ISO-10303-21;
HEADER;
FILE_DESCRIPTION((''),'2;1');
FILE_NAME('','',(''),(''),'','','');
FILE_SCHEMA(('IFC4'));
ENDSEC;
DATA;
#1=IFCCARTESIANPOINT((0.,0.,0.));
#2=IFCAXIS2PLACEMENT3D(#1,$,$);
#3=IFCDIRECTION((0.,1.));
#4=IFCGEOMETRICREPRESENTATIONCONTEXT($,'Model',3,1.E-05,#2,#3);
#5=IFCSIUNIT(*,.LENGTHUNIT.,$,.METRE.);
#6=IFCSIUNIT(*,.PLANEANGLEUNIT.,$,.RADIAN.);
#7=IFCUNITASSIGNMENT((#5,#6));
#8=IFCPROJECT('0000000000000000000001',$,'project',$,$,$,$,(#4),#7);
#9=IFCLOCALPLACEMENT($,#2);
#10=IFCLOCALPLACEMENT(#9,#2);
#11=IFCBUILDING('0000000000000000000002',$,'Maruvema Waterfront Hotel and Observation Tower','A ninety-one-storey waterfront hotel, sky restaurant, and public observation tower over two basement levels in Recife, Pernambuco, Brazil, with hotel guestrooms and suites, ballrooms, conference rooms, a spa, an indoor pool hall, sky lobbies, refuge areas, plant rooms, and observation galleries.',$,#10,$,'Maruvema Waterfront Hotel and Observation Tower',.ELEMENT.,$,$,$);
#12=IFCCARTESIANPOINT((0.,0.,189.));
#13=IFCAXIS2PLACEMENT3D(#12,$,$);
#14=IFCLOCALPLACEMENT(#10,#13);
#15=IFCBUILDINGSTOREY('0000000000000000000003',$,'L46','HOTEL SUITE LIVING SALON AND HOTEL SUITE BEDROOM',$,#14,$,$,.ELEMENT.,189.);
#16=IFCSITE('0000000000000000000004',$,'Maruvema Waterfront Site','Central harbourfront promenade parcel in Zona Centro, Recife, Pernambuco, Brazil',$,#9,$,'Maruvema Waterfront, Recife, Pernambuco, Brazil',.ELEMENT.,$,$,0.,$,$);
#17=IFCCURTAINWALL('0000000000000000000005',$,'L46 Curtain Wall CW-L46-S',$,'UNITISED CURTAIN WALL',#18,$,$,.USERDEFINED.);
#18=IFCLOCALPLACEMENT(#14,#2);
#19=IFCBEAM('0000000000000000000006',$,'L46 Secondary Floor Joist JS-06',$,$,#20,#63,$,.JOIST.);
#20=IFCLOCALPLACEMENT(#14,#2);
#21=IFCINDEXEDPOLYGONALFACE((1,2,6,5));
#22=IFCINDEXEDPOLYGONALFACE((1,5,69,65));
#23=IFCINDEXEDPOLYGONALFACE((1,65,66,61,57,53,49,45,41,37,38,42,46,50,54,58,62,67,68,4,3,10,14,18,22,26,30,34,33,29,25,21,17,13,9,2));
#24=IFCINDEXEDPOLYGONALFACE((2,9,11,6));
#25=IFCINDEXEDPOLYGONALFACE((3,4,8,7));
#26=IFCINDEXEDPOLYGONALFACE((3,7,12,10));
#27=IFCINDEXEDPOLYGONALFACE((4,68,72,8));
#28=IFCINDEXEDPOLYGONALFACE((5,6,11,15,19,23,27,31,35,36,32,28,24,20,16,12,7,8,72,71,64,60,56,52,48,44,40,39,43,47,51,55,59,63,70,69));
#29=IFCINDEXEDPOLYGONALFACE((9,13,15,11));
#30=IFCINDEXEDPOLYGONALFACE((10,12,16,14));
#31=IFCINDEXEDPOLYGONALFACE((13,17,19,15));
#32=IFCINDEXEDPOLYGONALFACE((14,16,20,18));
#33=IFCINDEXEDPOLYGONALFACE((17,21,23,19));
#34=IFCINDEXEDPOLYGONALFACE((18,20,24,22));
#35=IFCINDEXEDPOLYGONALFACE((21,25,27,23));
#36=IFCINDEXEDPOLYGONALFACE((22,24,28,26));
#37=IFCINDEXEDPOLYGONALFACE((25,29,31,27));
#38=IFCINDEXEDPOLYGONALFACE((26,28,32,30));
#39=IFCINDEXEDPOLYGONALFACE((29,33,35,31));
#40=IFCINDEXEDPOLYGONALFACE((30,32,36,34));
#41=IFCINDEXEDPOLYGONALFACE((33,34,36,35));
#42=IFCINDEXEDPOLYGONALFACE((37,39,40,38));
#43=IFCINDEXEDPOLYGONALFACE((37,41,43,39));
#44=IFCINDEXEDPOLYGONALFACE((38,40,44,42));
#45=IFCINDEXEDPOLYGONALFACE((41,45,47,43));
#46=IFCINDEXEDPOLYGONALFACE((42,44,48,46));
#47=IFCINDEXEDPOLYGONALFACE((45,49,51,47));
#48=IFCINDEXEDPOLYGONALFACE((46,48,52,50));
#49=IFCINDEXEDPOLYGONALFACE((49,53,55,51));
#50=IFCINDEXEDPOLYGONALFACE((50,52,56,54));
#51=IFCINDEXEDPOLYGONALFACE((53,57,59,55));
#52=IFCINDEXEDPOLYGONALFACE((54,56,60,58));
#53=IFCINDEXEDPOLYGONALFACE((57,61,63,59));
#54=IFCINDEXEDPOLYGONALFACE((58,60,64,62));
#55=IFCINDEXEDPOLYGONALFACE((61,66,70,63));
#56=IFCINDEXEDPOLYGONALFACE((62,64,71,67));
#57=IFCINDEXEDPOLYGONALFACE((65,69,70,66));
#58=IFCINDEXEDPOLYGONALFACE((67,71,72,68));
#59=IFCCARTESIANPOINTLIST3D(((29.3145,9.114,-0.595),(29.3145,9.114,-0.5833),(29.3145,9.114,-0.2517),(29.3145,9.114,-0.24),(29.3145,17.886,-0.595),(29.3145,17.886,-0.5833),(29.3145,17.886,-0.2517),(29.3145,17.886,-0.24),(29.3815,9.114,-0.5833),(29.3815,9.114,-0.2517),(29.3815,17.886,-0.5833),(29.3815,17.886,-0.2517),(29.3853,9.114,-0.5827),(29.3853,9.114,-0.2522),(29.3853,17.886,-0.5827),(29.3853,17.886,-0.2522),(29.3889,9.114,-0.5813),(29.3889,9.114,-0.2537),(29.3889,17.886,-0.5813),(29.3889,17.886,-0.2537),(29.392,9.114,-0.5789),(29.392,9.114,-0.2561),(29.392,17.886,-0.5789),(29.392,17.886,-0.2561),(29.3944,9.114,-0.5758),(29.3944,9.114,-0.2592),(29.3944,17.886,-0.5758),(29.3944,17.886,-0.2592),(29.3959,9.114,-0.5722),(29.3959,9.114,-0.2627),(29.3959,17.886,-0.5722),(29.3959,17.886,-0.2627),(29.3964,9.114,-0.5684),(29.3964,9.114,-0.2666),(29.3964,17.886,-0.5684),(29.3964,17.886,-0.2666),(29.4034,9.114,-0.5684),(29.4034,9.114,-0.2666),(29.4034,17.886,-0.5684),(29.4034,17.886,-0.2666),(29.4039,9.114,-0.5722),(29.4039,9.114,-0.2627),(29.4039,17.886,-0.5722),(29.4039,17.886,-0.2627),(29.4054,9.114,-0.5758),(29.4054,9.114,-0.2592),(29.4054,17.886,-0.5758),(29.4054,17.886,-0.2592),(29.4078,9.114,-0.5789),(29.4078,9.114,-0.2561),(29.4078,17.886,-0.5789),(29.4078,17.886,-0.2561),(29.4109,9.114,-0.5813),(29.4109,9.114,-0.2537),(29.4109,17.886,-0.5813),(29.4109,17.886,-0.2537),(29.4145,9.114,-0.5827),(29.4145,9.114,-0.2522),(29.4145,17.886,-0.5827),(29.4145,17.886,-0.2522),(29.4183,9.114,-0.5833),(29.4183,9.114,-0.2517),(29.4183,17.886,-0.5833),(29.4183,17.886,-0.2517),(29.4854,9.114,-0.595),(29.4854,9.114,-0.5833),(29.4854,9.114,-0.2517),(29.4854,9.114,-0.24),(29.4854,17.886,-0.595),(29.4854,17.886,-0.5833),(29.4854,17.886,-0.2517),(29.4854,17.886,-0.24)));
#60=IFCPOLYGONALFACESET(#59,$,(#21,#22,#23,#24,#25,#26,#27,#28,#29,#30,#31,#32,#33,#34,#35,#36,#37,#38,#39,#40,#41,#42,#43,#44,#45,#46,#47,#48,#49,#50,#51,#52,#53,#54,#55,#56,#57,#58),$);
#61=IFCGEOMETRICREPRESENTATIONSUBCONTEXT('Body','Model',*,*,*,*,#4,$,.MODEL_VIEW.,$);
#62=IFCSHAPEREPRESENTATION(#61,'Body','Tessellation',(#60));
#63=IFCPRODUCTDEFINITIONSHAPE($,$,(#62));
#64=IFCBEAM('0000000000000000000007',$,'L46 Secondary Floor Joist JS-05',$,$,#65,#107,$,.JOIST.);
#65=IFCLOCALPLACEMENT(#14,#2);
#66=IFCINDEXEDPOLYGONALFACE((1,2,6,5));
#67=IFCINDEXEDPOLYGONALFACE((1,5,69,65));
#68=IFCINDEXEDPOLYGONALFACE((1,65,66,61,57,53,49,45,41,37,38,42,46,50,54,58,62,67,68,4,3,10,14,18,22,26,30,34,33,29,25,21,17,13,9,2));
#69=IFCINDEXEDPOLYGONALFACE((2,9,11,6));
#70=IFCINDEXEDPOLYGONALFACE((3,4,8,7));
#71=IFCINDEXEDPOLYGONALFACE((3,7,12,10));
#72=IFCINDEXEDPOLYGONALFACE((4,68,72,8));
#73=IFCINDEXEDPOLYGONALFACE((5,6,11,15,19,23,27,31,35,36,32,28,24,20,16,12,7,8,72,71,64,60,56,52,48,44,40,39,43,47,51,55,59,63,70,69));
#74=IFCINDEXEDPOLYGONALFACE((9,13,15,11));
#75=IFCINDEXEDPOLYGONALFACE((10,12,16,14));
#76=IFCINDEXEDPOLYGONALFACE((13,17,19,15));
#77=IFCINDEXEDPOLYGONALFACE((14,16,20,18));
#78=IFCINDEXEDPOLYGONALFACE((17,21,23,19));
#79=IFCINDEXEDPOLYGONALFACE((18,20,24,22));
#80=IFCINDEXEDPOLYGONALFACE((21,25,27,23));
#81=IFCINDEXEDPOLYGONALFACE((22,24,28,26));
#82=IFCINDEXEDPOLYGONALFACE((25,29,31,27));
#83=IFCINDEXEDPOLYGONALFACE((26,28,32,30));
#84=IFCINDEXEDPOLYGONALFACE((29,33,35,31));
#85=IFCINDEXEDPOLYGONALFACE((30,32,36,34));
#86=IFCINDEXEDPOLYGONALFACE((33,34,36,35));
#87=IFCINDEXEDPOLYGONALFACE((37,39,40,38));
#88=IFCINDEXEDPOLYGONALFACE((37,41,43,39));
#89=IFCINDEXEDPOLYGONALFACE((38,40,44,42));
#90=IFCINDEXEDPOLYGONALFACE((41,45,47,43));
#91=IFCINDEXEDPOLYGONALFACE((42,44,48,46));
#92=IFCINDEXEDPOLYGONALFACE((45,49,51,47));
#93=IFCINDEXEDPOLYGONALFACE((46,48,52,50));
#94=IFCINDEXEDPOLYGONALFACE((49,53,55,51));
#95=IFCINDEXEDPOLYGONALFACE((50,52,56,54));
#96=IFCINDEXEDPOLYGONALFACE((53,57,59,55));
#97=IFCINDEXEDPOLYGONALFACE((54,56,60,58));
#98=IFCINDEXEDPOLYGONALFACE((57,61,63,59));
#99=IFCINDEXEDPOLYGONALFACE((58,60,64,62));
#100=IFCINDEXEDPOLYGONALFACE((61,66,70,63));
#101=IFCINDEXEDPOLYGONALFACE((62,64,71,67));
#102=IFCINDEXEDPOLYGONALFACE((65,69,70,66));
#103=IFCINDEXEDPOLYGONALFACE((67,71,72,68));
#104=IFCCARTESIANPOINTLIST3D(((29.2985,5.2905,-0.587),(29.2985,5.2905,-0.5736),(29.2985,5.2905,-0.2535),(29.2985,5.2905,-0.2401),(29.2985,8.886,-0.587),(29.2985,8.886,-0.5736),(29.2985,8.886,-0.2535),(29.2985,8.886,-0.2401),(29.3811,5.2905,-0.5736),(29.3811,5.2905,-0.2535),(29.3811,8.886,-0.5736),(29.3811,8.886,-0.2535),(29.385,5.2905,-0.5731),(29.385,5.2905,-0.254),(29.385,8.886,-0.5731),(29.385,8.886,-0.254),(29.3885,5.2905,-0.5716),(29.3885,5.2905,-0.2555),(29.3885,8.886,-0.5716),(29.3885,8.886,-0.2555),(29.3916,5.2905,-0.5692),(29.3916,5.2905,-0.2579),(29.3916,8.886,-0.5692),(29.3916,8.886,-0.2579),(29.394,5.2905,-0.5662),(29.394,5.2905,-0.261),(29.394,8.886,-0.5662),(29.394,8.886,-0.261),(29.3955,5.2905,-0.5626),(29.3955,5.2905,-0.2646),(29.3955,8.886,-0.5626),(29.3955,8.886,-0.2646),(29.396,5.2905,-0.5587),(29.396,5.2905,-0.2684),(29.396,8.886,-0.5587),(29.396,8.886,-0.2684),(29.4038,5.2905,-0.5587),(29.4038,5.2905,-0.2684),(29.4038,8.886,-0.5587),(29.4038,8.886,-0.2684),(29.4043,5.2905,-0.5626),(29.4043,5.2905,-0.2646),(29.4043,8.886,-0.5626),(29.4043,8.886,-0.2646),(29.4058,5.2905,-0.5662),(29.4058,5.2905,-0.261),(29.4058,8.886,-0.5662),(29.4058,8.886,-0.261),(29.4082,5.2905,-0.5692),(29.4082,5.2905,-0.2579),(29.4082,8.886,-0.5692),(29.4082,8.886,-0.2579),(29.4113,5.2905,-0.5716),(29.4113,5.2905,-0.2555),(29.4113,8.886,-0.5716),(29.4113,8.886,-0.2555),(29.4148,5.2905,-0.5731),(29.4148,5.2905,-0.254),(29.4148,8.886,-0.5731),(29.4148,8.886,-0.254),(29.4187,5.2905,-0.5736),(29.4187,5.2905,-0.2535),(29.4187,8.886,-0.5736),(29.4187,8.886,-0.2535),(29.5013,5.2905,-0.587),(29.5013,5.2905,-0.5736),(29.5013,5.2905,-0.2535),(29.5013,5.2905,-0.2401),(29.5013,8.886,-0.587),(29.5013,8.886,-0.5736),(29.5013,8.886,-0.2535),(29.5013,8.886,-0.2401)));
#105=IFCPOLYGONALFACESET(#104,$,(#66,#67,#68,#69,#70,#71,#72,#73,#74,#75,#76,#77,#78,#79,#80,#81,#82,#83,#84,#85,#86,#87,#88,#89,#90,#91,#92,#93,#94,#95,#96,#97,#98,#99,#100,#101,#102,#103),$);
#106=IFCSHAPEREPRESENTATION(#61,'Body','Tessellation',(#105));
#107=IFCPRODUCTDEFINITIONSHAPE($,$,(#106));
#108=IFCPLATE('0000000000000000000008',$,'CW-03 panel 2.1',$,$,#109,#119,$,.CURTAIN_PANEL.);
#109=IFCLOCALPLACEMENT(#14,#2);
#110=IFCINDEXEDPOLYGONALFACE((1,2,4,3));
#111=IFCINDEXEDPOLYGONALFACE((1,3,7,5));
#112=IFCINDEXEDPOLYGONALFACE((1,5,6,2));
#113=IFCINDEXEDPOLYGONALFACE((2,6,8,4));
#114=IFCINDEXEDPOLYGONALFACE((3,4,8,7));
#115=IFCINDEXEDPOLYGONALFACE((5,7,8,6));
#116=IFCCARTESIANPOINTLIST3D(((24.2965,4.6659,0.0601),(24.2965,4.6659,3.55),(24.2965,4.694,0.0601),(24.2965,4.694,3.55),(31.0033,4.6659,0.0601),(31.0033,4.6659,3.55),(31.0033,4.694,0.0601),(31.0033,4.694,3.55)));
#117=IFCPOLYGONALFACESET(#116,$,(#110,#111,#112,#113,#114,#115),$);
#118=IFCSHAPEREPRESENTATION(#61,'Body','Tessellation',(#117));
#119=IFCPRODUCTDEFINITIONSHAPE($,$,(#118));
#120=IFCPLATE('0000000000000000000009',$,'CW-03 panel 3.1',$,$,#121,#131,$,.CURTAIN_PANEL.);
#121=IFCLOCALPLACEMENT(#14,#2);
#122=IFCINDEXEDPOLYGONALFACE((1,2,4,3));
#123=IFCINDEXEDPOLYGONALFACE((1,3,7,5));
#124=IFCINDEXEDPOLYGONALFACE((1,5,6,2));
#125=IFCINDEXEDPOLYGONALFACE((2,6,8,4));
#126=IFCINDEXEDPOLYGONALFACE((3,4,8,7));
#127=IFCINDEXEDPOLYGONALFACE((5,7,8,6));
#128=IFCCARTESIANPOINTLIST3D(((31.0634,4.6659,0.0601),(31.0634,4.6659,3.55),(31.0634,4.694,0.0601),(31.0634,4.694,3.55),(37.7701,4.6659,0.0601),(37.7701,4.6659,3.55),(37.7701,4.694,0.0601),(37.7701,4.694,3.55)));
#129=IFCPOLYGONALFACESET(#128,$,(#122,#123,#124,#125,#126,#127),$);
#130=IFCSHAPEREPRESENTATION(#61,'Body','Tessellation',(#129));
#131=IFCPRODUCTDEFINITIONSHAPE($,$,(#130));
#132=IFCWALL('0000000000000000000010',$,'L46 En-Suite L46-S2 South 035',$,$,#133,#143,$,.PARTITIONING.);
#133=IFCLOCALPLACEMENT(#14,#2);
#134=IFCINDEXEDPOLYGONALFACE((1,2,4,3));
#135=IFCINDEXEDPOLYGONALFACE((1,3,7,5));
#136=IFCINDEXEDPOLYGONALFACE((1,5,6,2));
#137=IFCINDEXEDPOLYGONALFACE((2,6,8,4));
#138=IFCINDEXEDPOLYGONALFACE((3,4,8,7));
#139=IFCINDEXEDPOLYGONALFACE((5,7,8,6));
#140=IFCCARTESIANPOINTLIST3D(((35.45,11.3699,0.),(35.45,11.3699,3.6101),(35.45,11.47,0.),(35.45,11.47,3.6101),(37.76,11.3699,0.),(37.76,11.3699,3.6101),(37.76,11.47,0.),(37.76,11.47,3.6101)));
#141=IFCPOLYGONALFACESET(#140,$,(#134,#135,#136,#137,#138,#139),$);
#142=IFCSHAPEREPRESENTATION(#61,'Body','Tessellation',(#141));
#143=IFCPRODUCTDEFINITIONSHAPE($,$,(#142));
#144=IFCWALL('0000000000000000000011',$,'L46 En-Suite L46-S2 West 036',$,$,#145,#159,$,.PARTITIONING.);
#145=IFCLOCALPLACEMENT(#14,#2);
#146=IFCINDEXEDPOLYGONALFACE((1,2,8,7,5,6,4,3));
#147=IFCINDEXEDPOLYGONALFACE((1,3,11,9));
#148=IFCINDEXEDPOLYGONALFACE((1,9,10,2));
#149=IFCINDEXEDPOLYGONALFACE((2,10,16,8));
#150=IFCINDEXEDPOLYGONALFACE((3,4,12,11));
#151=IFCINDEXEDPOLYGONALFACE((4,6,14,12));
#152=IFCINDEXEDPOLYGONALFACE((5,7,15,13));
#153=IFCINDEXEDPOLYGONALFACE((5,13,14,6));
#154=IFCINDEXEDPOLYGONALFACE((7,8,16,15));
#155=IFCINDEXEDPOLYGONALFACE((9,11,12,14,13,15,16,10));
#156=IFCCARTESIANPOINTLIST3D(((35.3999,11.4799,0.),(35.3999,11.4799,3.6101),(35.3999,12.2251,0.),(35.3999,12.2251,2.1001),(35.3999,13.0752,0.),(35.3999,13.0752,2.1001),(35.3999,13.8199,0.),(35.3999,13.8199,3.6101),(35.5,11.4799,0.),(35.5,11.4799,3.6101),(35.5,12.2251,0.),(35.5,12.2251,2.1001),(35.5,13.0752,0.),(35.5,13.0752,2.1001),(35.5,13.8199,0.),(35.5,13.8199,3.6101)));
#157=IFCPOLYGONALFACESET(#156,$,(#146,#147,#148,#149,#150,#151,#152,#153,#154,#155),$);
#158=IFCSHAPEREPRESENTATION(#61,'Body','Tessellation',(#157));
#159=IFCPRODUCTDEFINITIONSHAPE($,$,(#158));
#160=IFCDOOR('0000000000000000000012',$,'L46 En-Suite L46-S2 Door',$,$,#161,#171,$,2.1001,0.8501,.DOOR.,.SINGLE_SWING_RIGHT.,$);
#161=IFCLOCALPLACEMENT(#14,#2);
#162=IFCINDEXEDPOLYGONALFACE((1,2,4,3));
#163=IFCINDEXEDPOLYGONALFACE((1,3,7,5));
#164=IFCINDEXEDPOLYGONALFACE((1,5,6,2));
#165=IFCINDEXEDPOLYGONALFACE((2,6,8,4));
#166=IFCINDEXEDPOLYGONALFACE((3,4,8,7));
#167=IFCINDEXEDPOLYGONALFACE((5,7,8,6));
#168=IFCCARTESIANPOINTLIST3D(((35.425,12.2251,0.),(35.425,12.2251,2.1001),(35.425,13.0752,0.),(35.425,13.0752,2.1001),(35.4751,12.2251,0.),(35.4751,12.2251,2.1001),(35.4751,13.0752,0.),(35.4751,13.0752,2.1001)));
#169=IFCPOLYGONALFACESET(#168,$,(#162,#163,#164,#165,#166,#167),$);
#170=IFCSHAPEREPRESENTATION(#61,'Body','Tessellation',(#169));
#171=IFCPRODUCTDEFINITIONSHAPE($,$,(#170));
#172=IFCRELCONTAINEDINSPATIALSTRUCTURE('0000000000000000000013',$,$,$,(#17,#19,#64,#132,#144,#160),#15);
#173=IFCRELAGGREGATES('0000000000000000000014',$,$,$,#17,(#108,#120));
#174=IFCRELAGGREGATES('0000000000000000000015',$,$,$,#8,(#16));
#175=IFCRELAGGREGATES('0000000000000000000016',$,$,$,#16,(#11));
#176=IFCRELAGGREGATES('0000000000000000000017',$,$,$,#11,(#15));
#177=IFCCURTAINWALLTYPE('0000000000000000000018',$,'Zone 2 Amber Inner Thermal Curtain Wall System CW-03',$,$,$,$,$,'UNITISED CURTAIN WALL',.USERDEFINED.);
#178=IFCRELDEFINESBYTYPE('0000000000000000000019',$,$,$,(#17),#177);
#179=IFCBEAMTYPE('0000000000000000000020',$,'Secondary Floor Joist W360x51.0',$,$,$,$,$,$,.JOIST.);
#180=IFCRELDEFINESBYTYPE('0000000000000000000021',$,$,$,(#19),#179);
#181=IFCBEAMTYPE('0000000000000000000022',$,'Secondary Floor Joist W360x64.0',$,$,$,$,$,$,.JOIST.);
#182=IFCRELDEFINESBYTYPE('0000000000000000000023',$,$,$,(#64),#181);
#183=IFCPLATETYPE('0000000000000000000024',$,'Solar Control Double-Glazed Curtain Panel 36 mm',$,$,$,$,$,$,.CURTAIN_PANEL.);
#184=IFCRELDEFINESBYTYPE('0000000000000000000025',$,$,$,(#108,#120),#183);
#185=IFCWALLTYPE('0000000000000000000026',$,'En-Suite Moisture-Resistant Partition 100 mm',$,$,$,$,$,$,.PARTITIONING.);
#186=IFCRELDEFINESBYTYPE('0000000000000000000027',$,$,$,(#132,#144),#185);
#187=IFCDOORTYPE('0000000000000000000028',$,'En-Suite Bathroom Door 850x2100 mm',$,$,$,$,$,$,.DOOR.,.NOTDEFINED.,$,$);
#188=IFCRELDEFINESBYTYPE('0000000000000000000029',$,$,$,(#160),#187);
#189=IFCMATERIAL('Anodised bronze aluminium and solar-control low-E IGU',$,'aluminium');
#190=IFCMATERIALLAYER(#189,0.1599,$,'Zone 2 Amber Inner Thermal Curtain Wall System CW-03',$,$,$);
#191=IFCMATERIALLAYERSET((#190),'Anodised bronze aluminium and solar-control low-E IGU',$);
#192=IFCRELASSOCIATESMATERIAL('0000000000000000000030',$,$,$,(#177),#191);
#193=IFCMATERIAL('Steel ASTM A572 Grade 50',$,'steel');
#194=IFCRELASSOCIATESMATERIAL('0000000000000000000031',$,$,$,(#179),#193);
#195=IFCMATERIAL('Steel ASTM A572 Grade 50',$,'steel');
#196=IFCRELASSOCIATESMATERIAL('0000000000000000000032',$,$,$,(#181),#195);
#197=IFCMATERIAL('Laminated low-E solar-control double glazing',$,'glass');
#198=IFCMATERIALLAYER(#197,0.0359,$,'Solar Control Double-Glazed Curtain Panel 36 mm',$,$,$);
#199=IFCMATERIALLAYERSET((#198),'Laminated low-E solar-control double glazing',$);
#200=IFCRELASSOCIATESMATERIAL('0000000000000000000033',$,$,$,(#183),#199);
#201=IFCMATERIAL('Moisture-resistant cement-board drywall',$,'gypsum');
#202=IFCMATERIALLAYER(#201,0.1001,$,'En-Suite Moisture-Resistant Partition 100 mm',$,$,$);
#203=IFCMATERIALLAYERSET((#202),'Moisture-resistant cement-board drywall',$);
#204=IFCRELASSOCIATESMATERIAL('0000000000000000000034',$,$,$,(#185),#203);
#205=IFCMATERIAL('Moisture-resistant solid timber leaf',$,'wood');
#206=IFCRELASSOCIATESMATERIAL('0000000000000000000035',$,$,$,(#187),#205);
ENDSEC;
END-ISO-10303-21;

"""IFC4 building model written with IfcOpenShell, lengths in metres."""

from ifc_helpers import new_model, si_unit, direction, frame, frame_2d, origin, origin_2d, place, context, subcontext, project, spatial, rectangle, i_section, extrude, material, layer, layer_set, material_profile, profile_set, type_object, element, fill, aggregate, save


model = new_model("IFC4")

# Units and contexts
model_context = context("Model", 3, precision=1e-05, world=origin(), true_north=direction((0.0, 1.0)))
body_context = subcontext(model_context, "Body", "Model", "MODEL_VIEW")
ifc_project = project(units=[si_unit("LENGTHUNIT", "METRE"), si_unit("PLANEANGLEUNIT", "RADIAN")], contexts=[model_context])

# Site, building, storey
site_placement = place(None, origin())
site = spatial("IfcSite", under=ifc_project, at=site_placement, Name="Maruvema Waterfront Site", Description="Central harbourfront promenade parcel in Zona Centro, Recife, Pernambuco, Brazil", LongName="Maruvema Waterfront, Recife, Pernambuco, Brazil", CompositionType="ELEMENT", RefElevation=0.0)
building_placement = place(site_placement, origin())
building = spatial("IfcBuilding", under=site, at=building_placement, Name="Maruvema Waterfront Hotel and Observation Tower", Description="A ninety-one-storey waterfront hotel, sky restaurant, and public observation tower over two basement levels in Recife, Pernambuco, Brazil, with hotel guestrooms and suites, ballrooms, conference rooms, a spa, an indoor pool hall, sky lobbies, refuge areas, plant rooms, and observation galleries.", LongName="Maruvema Waterfront Hotel and Observation Tower", CompositionType="ELEMENT")
storey_placement = place(building_placement, frame((0.0, 0.0, 189.0)))
storey = spatial("IfcBuildingStorey", under=building, at=storey_placement, Name="L46", Description="HOTEL SUITE LIVING SALON AND HOTEL SUITE BEDROOM", CompositionType="ELEMENT", Elevation=189.0)

# Curtain wall
ifc_material_1 = material(Name="Anodised bronze aluminium and solar-control low-E IGU", Category="aluminium")
ifc_layer_1 = layer(ifc_material_1, 0.1599, Name="Zone 2 Amber Inner Thermal Curtain Wall System CW-03")
ifc_layer_set_1 = layer_set([ifc_layer_1], Name="Anodised bronze aluminium and solar-control low-E IGU")
curtain_wall_type = type_object("IfcCurtainWallType", Name="Zone 2 Amber Inner Thermal Curtain Wall System CW-03", ElementType="UNITISED CURTAIN WALL", PredefinedType="USERDEFINED", material=ifc_layer_set_1)
curtain_wall_placement = place(storey_placement, origin())
curtain_wall = element("IfcCurtainWall", 1, at=curtain_wall_placement, inside=storey, type_object=curtain_wall_type, Name="L46 Curtain Wall CW-L46-S", ObjectType="UNITISED CURTAIN WALL", PredefinedType="USERDEFINED")

# Beams
ifc_material_2 = material(Name="Steel ASTM A572 Grade 50", Category="steel")
ifc_material_profile_1 = material_profile(ifc_material_2, i_section(OverallWidth=0.1709, OverallDepth=0.355, WebThickness=0.0071, FlangeThickness=0.0117, FilletRadius=0.0149, at=origin_2d()), Name="W360x51.0")
ifc_profile_set_1 = profile_set([ifc_material_profile_1], Name="Steel ASTM A572 Grade 50")
beam_type_1 = type_object("IfcBeamType", Name="Secondary Floor Joist W360x51.0", PredefinedType="JOIST", material=ifc_profile_set_1)
beam_1_placement = place(storey_placement, frame((29.3999, 9.114, -0.4175), z_axis=(0.0, 1.0, 0.0), x_axis=(-1.0, 0.0, 0.0)))
element("IfcBeam", 2, at=beam_1_placement, inside=storey, type_object=beam_type_1, Name="L46 Secondary Floor Joist JS-06", PredefinedType="JOIST", context=body_context, shape_type="SweptSolid", body=[
    extrude(i_section(OverallWidth=0.1709, OverallDepth=0.355, WebThickness=0.0071, FlangeThickness=0.0117, FilletRadius=0.0149, at=origin_2d()), origin(), (0.0, 0.0, 1.0), 8.772),
])
ifc_material_3 = material(Name="Steel ASTM A572 Grade 50", Category="steel")
ifc_material_profile_2 = material_profile(ifc_material_3, i_section(OverallWidth=0.2029, OverallDepth=0.3469, WebThickness=0.0078, FlangeThickness=0.0134, FilletRadius=0.0149, at=origin_2d()), Name="W360x64.0")
ifc_profile_set_2 = profile_set([ifc_material_profile_2], Name="Steel ASTM A572 Grade 50")
beam_type_2 = type_object("IfcBeamType", Name="Secondary Floor Joist W360x64.0", PredefinedType="JOIST", material=ifc_profile_set_2)
beam_2_placement = place(storey_placement, frame((29.3999, 5.2905, -0.4136), z_axis=(0.0, 1.0, 0.0), x_axis=(-1.0, 0.0, 0.0)))
element("IfcBeam", 3, at=beam_2_placement, inside=storey, type_object=beam_type_2, Name="L46 Secondary Floor Joist JS-05", PredefinedType="JOIST", context=body_context, shape_type="SweptSolid", body=[
    extrude(i_section(OverallWidth=0.2029, OverallDepth=0.3469, WebThickness=0.0078, FlangeThickness=0.0134, FilletRadius=0.0149, at=origin_2d()), origin(), (0.0, 0.0, 1.0), 3.5955),
])

# Plates
ifc_material_4 = material(Name="Laminated low-E solar-control double glazing", Category="glass")
ifc_layer_2 = layer(ifc_material_4, 0.0359, Name="Solar Control Double-Glazed Curtain Panel 36 mm")
ifc_layer_set_2 = layer_set([ifc_layer_2], Name="Laminated low-E solar-control double glazing")
plate_type = type_object("IfcPlateType", Name="Solar Control Double-Glazed Curtain Panel 36 mm", PredefinedType="CURTAIN_PANEL", material=ifc_layer_set_2)
plate_1_placement = place(storey_placement, frame((27.6499, 4.6799, 0.0601), z_axis=(0.0, 0.0, 1.0), x_axis=(1.0, 0.0, 0.0)))
plate_1 = element("IfcPlate", 4, at=plate_1_placement, type_object=plate_type, Name="CW-03 panel 2.1", PredefinedType="CURTAIN_PANEL", context=body_context, shape_type="SweptSolid", body=[
    extrude(rectangle(XDim=6.7068, YDim=0.0281, at=origin_2d()), origin(), (0.0, 0.0, 1.0), 3.49),
])
plate_2_placement = place(storey_placement, frame((34.4167, 4.6799, 0.0601), z_axis=(0.0, 0.0, 1.0), x_axis=(1.0, 0.0, 0.0)))
plate_2 = element("IfcPlate", 5, at=plate_2_placement, type_object=plate_type, Name="CW-03 panel 3.1", PredefinedType="CURTAIN_PANEL", context=body_context, shape_type="SweptSolid", body=[
    extrude(rectangle(XDim=6.7068, YDim=0.0281, at=origin_2d()), origin(), (0.0, 0.0, 1.0), 3.49),
])
aggregate(curtain_wall, [plate_1, plate_2])

# Wall
ifc_material_5 = material(Name="Moisture-resistant cement-board drywall", Category="gypsum")
ifc_layer_3 = layer(ifc_material_5, 0.1001, Name="En-Suite Moisture-Resistant Partition 100 mm")
ifc_layer_set_3 = layer_set([ifc_layer_3], Name="Moisture-resistant cement-board drywall")
wall_type_1 = type_object("IfcWallType", Name="En-Suite Moisture-Resistant Partition 100 mm", PredefinedType="PARTITIONING", material=ifc_layer_set_3)
wall_1_placement = place(storey_placement, frame((35.45, 11.4199, 0.0), z_axis=(0.0, 0.0, 1.0), x_axis=(1.0, 0.0, 0.0)))
element("IfcWall", 6, at=wall_1_placement, inside=storey, type_object=wall_type_1, Name="L46 En-Suite L46-S2 South 035", PredefinedType="PARTITIONING", context=body_context, shape_type="SweptSolid", body=[
    extrude(rectangle(XDim=2.3101, YDim=0.1001, at=frame_2d((1.155, 0.0))), origin(), (0.0, 0.0, 1.0), 3.6101),
])

# Wall, opening, door
wall_2_placement = place(storey_placement, frame((35.45, 11.48, 0.0), z_axis=(0.0, 0.0, 1.0), x_axis=(0.0, 1.0, 0.0)))
wall_2 = element("IfcWall", 7, at=wall_2_placement, inside=storey, type_object=wall_type_1, Name="L46 En-Suite L46-S2 West 036", PredefinedType="PARTITIONING", context=body_context, shape_type="SweptSolid", body=[
    extrude(rectangle(XDim=2.3401, YDim=0.1001, at=frame_2d((1.1699, 0.0))), origin(), (0.0, 0.0, 1.0), 3.6101),
])
opening_1_placement = place(wall_2_placement, frame((0.7451, 0.0, 0.0)))
opening_1 = element("IfcOpeningElement", 8, at=opening_1_placement, cuts=wall_2, PredefinedType="OPENING", context=body_context, shape_type="SweptSolid", body=[
    extrude(rectangle(XDim=0.8501, YDim=2.1001, at=frame_2d((0.425, 1.05))), frame((0.0, 0.0601, 0.0), z_axis=(0.0, -1.0, 0.0), x_axis=(1.0, 0.0, 0.0)), (0.0, 0.0, 1.0), 0.1201),
])
ifc_material_6 = material(Name="Moisture-resistant solid timber leaf", Category="wood")
door_type_1 = type_object("IfcDoorType", Name="En-Suite Bathroom Door 850x2100 mm", OperationType="NOTDEFINED", PredefinedType="DOOR", material=ifc_material_6)
door_1_placement = place(opening_1_placement, origin())
door_1 = element("IfcDoor", 9, at=door_1_placement, inside=storey, type_object=door_type_1, Name="L46 En-Suite L46-S2 Door", OperationType="SINGLE_SWING_RIGHT", OverallHeight=2.1001, OverallWidth=0.8501, PredefinedType="DOOR", context=body_context, shape_type="SweptSolid", body=[
    extrude(rectangle(XDim=0.8501, YDim=2.1001, at=frame_2d((0.425, 1.05))), frame((0.0, 0.0249, 0.0), z_axis=(0.0, -1.0, 0.0), x_axis=(1.0, 0.0, 0.0)), (0.0, 0.0, 1.0), 0.05),
])
fill(opening_1, door_1)

save(model, "model.ifc")
